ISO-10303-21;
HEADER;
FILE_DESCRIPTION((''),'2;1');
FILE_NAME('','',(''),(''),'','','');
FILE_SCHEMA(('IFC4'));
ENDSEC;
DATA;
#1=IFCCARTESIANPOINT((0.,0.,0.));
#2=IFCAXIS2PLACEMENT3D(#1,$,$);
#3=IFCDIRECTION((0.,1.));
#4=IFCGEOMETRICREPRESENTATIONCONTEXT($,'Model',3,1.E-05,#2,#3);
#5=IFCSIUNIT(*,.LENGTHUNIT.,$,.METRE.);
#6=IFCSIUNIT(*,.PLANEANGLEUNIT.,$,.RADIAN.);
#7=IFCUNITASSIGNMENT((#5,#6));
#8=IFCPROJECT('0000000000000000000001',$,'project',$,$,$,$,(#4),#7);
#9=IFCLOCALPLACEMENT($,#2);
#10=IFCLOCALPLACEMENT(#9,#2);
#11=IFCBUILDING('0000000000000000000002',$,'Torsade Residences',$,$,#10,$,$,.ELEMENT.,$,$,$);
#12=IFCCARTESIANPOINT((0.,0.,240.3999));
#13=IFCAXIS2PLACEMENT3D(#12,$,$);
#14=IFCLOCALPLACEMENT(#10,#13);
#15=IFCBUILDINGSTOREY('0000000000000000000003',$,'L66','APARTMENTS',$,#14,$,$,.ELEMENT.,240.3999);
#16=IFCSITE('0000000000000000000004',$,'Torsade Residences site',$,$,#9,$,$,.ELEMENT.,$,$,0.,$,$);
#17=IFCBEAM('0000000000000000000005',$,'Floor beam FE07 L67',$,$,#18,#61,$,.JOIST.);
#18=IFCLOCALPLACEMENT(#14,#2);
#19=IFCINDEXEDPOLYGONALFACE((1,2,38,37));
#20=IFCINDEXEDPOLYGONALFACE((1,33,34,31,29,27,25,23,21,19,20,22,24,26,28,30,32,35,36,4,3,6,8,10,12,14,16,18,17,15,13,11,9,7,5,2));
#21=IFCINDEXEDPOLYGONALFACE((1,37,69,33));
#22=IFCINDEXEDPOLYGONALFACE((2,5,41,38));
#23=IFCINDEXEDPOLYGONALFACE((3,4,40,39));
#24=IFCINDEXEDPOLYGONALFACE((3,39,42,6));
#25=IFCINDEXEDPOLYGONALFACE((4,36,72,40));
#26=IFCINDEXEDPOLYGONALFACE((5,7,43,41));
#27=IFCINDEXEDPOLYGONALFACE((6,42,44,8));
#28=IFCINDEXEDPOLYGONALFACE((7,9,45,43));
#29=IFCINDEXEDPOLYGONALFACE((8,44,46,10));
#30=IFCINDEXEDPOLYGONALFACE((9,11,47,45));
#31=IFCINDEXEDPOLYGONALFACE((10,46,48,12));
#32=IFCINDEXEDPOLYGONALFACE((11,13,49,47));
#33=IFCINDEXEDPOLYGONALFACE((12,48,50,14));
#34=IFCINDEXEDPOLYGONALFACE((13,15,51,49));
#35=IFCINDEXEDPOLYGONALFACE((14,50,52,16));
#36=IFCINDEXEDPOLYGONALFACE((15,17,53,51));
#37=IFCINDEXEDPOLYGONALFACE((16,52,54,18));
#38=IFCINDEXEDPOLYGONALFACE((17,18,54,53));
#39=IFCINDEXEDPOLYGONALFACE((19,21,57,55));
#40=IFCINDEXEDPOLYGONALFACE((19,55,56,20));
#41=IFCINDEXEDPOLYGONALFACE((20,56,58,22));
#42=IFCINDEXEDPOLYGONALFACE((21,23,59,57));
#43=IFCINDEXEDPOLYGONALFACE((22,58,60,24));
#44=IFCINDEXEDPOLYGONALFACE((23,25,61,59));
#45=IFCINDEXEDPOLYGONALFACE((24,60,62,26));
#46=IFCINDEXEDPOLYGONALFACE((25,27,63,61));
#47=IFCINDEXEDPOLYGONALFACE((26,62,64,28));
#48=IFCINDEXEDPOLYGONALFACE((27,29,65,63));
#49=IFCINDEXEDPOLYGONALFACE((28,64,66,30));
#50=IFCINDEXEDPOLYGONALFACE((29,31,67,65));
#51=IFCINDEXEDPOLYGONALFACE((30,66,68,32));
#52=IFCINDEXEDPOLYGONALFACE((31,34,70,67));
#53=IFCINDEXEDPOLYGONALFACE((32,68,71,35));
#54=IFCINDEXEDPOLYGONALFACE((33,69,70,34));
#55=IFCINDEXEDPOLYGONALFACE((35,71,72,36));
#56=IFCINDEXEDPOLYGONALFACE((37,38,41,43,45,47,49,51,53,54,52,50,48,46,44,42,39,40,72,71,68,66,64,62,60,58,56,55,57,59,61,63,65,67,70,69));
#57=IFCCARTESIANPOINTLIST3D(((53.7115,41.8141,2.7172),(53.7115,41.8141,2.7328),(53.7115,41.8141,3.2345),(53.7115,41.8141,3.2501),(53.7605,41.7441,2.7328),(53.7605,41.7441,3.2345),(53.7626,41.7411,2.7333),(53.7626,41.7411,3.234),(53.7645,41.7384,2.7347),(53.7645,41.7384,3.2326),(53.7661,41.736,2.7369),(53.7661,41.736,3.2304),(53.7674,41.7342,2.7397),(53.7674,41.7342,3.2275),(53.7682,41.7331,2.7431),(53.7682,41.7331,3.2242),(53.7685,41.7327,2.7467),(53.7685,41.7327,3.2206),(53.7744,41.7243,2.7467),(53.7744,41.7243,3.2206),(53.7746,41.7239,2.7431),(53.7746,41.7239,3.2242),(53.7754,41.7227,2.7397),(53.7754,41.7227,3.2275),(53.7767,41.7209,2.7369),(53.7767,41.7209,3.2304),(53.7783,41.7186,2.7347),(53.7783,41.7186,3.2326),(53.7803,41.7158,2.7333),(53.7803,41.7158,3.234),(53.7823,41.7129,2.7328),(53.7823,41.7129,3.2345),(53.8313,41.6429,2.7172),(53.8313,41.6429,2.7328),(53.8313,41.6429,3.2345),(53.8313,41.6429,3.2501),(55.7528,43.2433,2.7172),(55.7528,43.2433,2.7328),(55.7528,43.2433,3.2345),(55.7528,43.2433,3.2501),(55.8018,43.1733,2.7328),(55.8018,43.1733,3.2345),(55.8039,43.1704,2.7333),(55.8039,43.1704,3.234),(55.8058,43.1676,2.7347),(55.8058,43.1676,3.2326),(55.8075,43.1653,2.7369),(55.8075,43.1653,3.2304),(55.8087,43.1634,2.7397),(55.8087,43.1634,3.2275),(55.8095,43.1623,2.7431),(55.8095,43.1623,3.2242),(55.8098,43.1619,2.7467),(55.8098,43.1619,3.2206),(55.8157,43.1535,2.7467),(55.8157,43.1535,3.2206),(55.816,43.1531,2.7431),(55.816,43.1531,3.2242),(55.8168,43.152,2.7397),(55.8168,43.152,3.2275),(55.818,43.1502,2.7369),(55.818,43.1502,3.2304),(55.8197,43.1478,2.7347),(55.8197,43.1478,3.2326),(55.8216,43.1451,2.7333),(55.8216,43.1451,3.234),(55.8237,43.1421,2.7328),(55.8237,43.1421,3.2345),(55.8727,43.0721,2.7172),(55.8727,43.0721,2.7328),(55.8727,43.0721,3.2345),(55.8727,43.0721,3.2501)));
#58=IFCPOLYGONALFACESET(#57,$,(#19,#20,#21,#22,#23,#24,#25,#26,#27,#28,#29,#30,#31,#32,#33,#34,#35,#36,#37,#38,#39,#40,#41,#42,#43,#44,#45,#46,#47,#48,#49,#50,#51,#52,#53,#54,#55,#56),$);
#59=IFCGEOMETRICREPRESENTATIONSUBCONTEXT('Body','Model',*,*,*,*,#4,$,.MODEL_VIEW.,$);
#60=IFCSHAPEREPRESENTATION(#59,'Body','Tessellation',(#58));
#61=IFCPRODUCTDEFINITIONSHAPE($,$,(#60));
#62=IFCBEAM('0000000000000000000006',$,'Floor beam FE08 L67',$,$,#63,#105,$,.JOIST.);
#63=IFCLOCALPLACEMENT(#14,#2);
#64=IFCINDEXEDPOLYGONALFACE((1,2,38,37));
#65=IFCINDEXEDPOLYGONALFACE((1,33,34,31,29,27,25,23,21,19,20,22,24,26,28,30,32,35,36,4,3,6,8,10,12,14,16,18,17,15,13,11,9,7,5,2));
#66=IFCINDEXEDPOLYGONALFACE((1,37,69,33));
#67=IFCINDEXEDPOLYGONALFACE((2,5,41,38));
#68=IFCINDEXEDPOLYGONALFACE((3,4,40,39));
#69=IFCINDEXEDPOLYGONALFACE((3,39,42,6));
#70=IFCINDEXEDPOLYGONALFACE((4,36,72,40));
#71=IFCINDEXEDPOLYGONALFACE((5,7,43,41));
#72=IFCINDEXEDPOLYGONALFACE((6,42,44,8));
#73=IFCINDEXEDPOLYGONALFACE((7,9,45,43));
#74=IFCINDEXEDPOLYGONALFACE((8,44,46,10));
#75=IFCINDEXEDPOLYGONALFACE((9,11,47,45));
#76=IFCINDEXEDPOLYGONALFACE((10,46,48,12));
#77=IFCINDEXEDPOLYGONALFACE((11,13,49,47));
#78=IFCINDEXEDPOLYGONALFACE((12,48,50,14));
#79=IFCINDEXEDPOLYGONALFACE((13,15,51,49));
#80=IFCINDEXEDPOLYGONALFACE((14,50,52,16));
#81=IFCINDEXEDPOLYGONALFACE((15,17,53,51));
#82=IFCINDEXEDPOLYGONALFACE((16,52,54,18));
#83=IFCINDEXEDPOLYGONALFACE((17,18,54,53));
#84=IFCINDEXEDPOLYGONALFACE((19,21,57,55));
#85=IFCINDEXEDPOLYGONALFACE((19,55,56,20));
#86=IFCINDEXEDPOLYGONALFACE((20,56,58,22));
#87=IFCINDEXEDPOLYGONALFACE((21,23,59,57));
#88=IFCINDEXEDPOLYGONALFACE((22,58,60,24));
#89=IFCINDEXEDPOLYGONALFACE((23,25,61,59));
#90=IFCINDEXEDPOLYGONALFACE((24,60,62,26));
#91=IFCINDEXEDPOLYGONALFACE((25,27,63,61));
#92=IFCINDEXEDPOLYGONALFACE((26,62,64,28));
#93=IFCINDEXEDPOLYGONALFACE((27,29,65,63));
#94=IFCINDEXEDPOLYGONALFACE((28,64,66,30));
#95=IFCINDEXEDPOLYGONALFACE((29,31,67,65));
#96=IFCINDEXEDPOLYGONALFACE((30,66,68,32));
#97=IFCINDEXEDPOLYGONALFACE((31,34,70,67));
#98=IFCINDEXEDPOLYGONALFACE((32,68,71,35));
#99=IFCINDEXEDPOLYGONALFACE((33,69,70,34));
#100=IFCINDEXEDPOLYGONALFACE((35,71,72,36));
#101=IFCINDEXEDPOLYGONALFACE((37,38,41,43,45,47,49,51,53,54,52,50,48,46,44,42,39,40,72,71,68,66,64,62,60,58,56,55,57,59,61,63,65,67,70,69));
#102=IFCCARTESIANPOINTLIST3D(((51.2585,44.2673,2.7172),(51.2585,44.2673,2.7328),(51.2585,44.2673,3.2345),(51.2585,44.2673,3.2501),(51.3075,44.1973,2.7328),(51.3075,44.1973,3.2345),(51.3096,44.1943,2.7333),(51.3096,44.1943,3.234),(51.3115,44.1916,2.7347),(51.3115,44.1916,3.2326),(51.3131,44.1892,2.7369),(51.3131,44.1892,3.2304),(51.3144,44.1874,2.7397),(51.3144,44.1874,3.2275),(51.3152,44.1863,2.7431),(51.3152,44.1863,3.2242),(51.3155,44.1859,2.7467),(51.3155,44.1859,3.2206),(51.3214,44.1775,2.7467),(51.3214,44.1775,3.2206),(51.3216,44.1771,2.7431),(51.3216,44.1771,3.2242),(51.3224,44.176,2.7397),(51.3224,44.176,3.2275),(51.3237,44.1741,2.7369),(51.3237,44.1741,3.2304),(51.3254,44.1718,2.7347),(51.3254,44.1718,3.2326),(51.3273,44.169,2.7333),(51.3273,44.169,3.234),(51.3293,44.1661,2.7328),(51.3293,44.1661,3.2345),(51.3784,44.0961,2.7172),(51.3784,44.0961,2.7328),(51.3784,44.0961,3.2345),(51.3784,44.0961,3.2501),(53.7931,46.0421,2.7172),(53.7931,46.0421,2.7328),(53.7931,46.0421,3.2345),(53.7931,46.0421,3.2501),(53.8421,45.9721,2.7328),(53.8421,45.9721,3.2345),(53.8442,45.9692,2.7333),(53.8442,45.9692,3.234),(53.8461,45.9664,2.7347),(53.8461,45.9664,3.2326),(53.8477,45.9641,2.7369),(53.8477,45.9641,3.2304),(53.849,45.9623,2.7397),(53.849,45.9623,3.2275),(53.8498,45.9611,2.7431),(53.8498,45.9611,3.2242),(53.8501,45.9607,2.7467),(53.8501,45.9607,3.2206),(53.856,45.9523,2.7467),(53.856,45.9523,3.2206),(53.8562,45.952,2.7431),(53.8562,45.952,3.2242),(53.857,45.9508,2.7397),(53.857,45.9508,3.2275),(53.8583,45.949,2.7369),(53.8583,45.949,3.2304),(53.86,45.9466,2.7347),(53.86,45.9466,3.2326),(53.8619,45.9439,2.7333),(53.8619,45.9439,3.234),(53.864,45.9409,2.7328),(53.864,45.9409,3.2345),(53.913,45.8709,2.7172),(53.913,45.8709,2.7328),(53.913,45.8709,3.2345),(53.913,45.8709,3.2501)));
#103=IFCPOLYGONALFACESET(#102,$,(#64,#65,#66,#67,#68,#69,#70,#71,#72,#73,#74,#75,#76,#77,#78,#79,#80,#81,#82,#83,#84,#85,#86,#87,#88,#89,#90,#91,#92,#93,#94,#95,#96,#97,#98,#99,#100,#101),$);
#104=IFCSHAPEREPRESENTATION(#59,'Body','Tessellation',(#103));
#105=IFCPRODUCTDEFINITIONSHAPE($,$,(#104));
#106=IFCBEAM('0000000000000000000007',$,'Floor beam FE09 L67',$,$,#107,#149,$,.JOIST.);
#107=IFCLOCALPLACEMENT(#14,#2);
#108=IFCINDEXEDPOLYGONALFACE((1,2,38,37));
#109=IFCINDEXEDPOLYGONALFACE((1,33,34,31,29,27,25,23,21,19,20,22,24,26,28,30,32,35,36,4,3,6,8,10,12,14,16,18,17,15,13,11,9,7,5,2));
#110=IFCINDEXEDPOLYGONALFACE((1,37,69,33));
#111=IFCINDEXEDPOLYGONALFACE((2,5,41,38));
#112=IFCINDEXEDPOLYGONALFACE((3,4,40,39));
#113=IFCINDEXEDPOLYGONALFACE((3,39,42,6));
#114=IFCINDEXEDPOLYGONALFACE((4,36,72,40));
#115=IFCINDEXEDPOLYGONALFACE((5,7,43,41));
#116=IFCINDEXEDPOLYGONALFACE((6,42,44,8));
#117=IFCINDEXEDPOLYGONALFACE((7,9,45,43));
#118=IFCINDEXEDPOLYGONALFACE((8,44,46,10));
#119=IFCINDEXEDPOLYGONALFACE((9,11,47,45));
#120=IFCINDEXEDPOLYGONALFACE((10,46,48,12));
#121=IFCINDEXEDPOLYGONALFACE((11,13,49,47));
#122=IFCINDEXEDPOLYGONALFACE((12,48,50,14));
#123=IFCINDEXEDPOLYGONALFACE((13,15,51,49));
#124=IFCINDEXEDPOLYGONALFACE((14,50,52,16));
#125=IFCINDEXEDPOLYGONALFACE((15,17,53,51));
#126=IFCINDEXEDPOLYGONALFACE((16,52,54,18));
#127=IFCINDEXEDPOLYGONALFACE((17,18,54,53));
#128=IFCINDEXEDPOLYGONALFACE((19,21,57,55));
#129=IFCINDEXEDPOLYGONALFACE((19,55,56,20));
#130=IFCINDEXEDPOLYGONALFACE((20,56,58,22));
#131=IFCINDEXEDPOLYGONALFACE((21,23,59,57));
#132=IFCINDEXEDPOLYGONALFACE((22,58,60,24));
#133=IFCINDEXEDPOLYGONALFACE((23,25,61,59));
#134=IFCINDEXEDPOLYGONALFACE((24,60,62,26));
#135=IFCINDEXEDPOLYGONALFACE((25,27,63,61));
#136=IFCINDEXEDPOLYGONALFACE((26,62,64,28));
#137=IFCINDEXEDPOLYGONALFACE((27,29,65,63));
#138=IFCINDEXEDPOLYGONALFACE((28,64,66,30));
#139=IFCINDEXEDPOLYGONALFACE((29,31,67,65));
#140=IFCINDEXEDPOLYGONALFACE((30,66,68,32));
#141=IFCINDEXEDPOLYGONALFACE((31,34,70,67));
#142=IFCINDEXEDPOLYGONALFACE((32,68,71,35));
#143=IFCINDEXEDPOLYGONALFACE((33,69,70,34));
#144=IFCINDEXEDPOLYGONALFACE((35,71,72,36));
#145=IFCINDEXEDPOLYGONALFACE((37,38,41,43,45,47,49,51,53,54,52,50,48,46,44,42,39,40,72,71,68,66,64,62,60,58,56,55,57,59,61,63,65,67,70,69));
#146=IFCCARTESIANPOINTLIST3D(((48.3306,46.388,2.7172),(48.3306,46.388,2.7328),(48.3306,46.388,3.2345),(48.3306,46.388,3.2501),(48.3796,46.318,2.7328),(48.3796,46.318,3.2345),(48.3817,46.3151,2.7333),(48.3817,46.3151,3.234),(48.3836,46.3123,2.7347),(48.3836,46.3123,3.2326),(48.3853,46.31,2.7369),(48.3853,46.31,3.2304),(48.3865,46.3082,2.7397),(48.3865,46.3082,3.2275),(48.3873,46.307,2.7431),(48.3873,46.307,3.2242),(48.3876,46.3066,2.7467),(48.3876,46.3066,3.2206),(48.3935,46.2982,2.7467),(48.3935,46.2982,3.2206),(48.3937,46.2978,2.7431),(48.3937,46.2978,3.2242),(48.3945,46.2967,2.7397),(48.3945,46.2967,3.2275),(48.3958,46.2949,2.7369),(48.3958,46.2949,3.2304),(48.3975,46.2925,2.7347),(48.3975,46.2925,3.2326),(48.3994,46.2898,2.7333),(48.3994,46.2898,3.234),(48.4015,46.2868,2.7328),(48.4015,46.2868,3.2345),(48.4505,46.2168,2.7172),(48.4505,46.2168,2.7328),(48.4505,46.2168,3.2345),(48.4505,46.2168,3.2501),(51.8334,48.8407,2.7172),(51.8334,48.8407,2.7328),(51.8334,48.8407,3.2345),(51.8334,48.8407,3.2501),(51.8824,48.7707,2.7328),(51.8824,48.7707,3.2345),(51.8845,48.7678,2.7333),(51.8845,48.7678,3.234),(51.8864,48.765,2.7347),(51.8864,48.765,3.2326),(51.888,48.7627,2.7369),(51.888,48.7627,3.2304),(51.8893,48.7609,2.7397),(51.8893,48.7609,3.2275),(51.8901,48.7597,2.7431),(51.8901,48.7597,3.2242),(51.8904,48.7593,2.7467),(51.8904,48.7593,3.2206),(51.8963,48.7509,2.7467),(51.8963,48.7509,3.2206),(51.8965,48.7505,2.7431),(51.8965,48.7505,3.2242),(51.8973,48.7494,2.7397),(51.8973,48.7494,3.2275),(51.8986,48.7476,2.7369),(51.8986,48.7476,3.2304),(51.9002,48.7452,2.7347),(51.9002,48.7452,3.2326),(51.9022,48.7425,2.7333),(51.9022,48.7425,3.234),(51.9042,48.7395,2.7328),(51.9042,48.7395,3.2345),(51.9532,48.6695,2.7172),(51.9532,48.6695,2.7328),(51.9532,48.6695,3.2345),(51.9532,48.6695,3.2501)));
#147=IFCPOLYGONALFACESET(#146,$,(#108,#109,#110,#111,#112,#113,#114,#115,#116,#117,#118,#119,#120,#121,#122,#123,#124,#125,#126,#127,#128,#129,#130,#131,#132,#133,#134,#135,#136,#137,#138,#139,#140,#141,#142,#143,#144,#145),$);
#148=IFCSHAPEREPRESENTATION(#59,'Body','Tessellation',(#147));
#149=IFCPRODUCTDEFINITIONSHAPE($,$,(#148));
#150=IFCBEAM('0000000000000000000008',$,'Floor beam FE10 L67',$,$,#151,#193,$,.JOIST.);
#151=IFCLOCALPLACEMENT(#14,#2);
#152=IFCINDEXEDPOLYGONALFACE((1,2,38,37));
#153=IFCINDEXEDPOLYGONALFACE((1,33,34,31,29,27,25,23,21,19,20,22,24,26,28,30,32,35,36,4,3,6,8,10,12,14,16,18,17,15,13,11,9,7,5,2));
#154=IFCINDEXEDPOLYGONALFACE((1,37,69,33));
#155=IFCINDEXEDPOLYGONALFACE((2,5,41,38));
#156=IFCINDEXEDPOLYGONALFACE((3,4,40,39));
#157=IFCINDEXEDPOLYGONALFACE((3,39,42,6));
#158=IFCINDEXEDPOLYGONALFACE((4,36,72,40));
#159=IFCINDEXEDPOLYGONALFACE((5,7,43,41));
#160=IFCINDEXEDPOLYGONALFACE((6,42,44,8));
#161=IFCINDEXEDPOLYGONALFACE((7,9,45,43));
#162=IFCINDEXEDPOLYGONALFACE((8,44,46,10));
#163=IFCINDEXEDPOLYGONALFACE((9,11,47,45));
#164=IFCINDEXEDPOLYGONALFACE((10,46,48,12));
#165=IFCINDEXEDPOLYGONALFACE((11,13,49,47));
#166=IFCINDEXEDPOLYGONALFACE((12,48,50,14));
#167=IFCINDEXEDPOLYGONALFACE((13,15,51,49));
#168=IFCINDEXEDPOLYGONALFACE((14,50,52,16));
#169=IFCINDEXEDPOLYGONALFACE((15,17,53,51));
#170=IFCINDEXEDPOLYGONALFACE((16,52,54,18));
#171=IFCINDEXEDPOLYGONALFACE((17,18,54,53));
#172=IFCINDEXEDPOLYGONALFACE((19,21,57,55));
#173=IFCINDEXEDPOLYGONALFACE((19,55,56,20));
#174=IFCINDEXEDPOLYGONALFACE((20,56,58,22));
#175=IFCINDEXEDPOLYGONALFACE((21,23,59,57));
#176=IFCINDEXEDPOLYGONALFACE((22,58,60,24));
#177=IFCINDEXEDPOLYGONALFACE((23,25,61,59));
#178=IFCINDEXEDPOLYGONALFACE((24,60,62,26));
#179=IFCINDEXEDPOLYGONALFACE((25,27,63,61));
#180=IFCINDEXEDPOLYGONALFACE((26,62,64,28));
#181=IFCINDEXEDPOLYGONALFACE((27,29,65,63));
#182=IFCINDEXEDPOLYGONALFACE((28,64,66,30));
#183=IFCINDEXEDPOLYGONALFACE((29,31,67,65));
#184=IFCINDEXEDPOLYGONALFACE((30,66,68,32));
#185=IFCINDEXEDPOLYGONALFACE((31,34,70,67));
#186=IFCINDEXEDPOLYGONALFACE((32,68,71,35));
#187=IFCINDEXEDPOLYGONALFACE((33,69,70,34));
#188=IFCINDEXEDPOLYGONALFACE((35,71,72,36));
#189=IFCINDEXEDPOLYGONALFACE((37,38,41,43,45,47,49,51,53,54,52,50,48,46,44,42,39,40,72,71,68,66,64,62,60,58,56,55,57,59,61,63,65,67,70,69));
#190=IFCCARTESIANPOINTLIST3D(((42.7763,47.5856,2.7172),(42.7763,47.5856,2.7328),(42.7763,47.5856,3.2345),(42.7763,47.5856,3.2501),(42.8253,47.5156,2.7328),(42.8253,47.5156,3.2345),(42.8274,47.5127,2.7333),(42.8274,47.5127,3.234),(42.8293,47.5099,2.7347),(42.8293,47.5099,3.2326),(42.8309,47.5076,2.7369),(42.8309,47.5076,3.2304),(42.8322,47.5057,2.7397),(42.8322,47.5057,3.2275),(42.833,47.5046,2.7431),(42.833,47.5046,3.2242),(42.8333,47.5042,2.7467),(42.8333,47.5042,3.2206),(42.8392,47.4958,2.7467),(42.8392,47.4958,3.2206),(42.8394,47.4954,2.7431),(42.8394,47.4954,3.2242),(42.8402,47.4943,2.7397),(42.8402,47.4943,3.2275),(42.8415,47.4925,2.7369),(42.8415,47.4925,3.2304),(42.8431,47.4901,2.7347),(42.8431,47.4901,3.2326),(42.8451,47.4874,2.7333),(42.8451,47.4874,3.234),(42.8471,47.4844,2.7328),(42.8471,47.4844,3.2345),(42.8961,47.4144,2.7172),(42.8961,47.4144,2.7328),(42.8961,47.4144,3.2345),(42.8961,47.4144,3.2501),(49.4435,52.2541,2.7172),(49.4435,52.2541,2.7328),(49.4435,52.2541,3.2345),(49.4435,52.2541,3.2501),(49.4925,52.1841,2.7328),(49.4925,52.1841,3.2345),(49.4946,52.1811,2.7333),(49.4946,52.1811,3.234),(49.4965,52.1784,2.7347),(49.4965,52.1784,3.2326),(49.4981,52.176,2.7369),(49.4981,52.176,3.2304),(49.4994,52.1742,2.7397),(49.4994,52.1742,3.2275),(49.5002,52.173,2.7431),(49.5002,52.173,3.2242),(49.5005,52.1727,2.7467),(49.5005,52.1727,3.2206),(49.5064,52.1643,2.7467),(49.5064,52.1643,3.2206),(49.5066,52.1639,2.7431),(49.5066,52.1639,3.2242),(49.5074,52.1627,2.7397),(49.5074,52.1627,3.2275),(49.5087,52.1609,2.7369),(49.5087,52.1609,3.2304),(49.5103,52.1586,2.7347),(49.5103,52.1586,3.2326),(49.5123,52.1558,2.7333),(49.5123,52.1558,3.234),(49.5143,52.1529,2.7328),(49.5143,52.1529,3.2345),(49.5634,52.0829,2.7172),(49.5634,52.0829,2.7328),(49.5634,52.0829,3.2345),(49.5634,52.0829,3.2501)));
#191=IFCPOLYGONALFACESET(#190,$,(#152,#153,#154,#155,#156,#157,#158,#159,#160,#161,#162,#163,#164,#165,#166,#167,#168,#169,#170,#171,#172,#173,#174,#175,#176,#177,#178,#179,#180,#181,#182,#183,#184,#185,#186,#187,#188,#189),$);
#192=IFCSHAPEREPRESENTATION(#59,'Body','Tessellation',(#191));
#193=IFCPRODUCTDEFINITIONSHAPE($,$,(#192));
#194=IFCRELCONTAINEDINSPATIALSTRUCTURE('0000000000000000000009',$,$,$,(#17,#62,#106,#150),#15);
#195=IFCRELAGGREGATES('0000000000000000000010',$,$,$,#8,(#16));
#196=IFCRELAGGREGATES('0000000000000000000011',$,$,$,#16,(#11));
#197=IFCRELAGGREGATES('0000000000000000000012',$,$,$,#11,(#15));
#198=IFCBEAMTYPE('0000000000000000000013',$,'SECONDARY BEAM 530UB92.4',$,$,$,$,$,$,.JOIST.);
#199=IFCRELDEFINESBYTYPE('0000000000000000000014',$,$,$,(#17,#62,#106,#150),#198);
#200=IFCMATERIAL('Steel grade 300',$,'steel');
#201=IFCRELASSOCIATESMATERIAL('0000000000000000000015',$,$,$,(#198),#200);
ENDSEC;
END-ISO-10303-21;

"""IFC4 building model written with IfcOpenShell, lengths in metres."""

from ifc_helpers import new_model, si_unit, direction, frame, origin, origin_2d, place, context, subcontext, project, spatial, i_section, extrude, material, material_profile, profile_set, type_object, element, save


model = new_model("IFC4")

# Units and contexts
model_context = context("Model", 3, precision=1e-05, world=origin(), true_north=direction((0.0, 1.0)))
body_context = subcontext(model_context, "Body", "Model", "MODEL_VIEW")
ifc_project = project(units=[si_unit("LENGTHUNIT", "METRE"), si_unit("PLANEANGLEUNIT", "RADIAN")], contexts=[model_context])

# Site, building, storey
site_placement = place(None, origin())
site = spatial("IfcSite", under=ifc_project, at=site_placement, Name="Torsade Residences site", CompositionType="ELEMENT", RefElevation=0.0)
building_placement = place(site_placement, origin())
building = spatial("IfcBuilding", under=site, at=building_placement, Name="Torsade Residences", CompositionType="ELEMENT")
storey_placement = place(building_placement, frame((0.0, 0.0, 240.3999)))
storey = spatial("IfcBuildingStorey", under=building, at=storey_placement, Name="L66", Description="APARTMENTS", CompositionType="ELEMENT", Elevation=240.3999)

# Beams
ifc_material_1 = material(Name="Steel grade 300", Category="steel")
ifc_material_profile_1 = material_profile(ifc_material_1, i_section(OverallWidth=0.209, OverallDepth=0.533, WebThickness=0.0103, FlangeThickness=0.0156, FilletRadius=0.0139, at=origin_2d()), Name="530UB92.4")
ifc_profile_set_1 = profile_set([ifc_material_profile_1], Name="Steel grade 300")
beam_type_1 = type_object("IfcBeamType", Name="SECONDARY BEAM 530UB92.4", PredefinedType="JOIST", material=ifc_profile_set_1)
beam_1_placement = place(storey_placement, frame((55.8127, 43.1577, 2.9836), z_axis=(-0.819172, -0.573548, 0.0), x_axis=(0.573548, -0.819172, 0.0)))
element("IfcBeam", 1, at=beam_1_placement, inside=storey, type_object=beam_type_1, Name="Floor beam FE07 L67", PredefinedType="JOIST", context=body_context, shape_type="SweptSolid", body=[
    extrude(i_section(OverallWidth=0.209, OverallDepth=0.533, WebThickness=0.0103, FlangeThickness=0.0156, FilletRadius=0.0139, at=origin_2d()), origin(), (0.0, 0.0, 1.0), 2.4919),
])
beam_2_placement = place(storey_placement, frame((53.853, 45.9565, 2.9836), z_axis=(-0.819136, -0.5736, 0.0), x_axis=(0.5736, -0.819136, 0.0)))
element("IfcBeam", 2, at=beam_2_placement, inside=storey, type_object=beam_type_1, Name="Floor beam FE08 L67", PredefinedType="JOIST", context=body_context, shape_type="SweptSolid", body=[
    extrude(i_section(OverallWidth=0.209, OverallDepth=0.533, WebThickness=0.0103, FlangeThickness=0.0156, FilletRadius=0.0139, at=origin_2d()), origin(), (0.0, 0.0, 1.0), 3.0942),
])
beam_3_placement = place(storey_placement, frame((51.8933, 48.7551, 2.9836), z_axis=(-0.819149, -0.573581, 0.0), x_axis=(0.573581, -0.819149, 0.0)))
element("IfcBeam", 3, at=beam_3_placement, inside=storey, type_object=beam_type_1, Name="Floor beam FE09 L67", PredefinedType="JOIST", context=body_context, shape_type="SweptSolid", body=[
    extrude(i_section(OverallWidth=0.209, OverallDepth=0.533, WebThickness=0.0103, FlangeThickness=0.0156, FilletRadius=0.0139, at=origin_2d()), origin(), (0.0, 0.0, 1.0), 4.2761),
])
beam_4_placement = place(storey_placement, frame((49.5034, 52.1685, 2.9836), z_axis=(-0.819152, -0.573577, 0.0), x_axis=(0.573577, -0.819152, 0.0)))
element("IfcBeam", 4, at=beam_4_placement, inside=storey, type_object=beam_type_1, Name="Floor beam FE10 L67", PredefinedType="JOIST", context=body_context, shape_type="SweptSolid", body=[
    extrude(i_section(OverallWidth=0.209, OverallDepth=0.533, WebThickness=0.0103, FlangeThickness=0.0156, FilletRadius=0.0139, at=origin_2d()), origin(), (0.0, 0.0, 1.0), 8.1392),
])

save(model, "model.ifc")
